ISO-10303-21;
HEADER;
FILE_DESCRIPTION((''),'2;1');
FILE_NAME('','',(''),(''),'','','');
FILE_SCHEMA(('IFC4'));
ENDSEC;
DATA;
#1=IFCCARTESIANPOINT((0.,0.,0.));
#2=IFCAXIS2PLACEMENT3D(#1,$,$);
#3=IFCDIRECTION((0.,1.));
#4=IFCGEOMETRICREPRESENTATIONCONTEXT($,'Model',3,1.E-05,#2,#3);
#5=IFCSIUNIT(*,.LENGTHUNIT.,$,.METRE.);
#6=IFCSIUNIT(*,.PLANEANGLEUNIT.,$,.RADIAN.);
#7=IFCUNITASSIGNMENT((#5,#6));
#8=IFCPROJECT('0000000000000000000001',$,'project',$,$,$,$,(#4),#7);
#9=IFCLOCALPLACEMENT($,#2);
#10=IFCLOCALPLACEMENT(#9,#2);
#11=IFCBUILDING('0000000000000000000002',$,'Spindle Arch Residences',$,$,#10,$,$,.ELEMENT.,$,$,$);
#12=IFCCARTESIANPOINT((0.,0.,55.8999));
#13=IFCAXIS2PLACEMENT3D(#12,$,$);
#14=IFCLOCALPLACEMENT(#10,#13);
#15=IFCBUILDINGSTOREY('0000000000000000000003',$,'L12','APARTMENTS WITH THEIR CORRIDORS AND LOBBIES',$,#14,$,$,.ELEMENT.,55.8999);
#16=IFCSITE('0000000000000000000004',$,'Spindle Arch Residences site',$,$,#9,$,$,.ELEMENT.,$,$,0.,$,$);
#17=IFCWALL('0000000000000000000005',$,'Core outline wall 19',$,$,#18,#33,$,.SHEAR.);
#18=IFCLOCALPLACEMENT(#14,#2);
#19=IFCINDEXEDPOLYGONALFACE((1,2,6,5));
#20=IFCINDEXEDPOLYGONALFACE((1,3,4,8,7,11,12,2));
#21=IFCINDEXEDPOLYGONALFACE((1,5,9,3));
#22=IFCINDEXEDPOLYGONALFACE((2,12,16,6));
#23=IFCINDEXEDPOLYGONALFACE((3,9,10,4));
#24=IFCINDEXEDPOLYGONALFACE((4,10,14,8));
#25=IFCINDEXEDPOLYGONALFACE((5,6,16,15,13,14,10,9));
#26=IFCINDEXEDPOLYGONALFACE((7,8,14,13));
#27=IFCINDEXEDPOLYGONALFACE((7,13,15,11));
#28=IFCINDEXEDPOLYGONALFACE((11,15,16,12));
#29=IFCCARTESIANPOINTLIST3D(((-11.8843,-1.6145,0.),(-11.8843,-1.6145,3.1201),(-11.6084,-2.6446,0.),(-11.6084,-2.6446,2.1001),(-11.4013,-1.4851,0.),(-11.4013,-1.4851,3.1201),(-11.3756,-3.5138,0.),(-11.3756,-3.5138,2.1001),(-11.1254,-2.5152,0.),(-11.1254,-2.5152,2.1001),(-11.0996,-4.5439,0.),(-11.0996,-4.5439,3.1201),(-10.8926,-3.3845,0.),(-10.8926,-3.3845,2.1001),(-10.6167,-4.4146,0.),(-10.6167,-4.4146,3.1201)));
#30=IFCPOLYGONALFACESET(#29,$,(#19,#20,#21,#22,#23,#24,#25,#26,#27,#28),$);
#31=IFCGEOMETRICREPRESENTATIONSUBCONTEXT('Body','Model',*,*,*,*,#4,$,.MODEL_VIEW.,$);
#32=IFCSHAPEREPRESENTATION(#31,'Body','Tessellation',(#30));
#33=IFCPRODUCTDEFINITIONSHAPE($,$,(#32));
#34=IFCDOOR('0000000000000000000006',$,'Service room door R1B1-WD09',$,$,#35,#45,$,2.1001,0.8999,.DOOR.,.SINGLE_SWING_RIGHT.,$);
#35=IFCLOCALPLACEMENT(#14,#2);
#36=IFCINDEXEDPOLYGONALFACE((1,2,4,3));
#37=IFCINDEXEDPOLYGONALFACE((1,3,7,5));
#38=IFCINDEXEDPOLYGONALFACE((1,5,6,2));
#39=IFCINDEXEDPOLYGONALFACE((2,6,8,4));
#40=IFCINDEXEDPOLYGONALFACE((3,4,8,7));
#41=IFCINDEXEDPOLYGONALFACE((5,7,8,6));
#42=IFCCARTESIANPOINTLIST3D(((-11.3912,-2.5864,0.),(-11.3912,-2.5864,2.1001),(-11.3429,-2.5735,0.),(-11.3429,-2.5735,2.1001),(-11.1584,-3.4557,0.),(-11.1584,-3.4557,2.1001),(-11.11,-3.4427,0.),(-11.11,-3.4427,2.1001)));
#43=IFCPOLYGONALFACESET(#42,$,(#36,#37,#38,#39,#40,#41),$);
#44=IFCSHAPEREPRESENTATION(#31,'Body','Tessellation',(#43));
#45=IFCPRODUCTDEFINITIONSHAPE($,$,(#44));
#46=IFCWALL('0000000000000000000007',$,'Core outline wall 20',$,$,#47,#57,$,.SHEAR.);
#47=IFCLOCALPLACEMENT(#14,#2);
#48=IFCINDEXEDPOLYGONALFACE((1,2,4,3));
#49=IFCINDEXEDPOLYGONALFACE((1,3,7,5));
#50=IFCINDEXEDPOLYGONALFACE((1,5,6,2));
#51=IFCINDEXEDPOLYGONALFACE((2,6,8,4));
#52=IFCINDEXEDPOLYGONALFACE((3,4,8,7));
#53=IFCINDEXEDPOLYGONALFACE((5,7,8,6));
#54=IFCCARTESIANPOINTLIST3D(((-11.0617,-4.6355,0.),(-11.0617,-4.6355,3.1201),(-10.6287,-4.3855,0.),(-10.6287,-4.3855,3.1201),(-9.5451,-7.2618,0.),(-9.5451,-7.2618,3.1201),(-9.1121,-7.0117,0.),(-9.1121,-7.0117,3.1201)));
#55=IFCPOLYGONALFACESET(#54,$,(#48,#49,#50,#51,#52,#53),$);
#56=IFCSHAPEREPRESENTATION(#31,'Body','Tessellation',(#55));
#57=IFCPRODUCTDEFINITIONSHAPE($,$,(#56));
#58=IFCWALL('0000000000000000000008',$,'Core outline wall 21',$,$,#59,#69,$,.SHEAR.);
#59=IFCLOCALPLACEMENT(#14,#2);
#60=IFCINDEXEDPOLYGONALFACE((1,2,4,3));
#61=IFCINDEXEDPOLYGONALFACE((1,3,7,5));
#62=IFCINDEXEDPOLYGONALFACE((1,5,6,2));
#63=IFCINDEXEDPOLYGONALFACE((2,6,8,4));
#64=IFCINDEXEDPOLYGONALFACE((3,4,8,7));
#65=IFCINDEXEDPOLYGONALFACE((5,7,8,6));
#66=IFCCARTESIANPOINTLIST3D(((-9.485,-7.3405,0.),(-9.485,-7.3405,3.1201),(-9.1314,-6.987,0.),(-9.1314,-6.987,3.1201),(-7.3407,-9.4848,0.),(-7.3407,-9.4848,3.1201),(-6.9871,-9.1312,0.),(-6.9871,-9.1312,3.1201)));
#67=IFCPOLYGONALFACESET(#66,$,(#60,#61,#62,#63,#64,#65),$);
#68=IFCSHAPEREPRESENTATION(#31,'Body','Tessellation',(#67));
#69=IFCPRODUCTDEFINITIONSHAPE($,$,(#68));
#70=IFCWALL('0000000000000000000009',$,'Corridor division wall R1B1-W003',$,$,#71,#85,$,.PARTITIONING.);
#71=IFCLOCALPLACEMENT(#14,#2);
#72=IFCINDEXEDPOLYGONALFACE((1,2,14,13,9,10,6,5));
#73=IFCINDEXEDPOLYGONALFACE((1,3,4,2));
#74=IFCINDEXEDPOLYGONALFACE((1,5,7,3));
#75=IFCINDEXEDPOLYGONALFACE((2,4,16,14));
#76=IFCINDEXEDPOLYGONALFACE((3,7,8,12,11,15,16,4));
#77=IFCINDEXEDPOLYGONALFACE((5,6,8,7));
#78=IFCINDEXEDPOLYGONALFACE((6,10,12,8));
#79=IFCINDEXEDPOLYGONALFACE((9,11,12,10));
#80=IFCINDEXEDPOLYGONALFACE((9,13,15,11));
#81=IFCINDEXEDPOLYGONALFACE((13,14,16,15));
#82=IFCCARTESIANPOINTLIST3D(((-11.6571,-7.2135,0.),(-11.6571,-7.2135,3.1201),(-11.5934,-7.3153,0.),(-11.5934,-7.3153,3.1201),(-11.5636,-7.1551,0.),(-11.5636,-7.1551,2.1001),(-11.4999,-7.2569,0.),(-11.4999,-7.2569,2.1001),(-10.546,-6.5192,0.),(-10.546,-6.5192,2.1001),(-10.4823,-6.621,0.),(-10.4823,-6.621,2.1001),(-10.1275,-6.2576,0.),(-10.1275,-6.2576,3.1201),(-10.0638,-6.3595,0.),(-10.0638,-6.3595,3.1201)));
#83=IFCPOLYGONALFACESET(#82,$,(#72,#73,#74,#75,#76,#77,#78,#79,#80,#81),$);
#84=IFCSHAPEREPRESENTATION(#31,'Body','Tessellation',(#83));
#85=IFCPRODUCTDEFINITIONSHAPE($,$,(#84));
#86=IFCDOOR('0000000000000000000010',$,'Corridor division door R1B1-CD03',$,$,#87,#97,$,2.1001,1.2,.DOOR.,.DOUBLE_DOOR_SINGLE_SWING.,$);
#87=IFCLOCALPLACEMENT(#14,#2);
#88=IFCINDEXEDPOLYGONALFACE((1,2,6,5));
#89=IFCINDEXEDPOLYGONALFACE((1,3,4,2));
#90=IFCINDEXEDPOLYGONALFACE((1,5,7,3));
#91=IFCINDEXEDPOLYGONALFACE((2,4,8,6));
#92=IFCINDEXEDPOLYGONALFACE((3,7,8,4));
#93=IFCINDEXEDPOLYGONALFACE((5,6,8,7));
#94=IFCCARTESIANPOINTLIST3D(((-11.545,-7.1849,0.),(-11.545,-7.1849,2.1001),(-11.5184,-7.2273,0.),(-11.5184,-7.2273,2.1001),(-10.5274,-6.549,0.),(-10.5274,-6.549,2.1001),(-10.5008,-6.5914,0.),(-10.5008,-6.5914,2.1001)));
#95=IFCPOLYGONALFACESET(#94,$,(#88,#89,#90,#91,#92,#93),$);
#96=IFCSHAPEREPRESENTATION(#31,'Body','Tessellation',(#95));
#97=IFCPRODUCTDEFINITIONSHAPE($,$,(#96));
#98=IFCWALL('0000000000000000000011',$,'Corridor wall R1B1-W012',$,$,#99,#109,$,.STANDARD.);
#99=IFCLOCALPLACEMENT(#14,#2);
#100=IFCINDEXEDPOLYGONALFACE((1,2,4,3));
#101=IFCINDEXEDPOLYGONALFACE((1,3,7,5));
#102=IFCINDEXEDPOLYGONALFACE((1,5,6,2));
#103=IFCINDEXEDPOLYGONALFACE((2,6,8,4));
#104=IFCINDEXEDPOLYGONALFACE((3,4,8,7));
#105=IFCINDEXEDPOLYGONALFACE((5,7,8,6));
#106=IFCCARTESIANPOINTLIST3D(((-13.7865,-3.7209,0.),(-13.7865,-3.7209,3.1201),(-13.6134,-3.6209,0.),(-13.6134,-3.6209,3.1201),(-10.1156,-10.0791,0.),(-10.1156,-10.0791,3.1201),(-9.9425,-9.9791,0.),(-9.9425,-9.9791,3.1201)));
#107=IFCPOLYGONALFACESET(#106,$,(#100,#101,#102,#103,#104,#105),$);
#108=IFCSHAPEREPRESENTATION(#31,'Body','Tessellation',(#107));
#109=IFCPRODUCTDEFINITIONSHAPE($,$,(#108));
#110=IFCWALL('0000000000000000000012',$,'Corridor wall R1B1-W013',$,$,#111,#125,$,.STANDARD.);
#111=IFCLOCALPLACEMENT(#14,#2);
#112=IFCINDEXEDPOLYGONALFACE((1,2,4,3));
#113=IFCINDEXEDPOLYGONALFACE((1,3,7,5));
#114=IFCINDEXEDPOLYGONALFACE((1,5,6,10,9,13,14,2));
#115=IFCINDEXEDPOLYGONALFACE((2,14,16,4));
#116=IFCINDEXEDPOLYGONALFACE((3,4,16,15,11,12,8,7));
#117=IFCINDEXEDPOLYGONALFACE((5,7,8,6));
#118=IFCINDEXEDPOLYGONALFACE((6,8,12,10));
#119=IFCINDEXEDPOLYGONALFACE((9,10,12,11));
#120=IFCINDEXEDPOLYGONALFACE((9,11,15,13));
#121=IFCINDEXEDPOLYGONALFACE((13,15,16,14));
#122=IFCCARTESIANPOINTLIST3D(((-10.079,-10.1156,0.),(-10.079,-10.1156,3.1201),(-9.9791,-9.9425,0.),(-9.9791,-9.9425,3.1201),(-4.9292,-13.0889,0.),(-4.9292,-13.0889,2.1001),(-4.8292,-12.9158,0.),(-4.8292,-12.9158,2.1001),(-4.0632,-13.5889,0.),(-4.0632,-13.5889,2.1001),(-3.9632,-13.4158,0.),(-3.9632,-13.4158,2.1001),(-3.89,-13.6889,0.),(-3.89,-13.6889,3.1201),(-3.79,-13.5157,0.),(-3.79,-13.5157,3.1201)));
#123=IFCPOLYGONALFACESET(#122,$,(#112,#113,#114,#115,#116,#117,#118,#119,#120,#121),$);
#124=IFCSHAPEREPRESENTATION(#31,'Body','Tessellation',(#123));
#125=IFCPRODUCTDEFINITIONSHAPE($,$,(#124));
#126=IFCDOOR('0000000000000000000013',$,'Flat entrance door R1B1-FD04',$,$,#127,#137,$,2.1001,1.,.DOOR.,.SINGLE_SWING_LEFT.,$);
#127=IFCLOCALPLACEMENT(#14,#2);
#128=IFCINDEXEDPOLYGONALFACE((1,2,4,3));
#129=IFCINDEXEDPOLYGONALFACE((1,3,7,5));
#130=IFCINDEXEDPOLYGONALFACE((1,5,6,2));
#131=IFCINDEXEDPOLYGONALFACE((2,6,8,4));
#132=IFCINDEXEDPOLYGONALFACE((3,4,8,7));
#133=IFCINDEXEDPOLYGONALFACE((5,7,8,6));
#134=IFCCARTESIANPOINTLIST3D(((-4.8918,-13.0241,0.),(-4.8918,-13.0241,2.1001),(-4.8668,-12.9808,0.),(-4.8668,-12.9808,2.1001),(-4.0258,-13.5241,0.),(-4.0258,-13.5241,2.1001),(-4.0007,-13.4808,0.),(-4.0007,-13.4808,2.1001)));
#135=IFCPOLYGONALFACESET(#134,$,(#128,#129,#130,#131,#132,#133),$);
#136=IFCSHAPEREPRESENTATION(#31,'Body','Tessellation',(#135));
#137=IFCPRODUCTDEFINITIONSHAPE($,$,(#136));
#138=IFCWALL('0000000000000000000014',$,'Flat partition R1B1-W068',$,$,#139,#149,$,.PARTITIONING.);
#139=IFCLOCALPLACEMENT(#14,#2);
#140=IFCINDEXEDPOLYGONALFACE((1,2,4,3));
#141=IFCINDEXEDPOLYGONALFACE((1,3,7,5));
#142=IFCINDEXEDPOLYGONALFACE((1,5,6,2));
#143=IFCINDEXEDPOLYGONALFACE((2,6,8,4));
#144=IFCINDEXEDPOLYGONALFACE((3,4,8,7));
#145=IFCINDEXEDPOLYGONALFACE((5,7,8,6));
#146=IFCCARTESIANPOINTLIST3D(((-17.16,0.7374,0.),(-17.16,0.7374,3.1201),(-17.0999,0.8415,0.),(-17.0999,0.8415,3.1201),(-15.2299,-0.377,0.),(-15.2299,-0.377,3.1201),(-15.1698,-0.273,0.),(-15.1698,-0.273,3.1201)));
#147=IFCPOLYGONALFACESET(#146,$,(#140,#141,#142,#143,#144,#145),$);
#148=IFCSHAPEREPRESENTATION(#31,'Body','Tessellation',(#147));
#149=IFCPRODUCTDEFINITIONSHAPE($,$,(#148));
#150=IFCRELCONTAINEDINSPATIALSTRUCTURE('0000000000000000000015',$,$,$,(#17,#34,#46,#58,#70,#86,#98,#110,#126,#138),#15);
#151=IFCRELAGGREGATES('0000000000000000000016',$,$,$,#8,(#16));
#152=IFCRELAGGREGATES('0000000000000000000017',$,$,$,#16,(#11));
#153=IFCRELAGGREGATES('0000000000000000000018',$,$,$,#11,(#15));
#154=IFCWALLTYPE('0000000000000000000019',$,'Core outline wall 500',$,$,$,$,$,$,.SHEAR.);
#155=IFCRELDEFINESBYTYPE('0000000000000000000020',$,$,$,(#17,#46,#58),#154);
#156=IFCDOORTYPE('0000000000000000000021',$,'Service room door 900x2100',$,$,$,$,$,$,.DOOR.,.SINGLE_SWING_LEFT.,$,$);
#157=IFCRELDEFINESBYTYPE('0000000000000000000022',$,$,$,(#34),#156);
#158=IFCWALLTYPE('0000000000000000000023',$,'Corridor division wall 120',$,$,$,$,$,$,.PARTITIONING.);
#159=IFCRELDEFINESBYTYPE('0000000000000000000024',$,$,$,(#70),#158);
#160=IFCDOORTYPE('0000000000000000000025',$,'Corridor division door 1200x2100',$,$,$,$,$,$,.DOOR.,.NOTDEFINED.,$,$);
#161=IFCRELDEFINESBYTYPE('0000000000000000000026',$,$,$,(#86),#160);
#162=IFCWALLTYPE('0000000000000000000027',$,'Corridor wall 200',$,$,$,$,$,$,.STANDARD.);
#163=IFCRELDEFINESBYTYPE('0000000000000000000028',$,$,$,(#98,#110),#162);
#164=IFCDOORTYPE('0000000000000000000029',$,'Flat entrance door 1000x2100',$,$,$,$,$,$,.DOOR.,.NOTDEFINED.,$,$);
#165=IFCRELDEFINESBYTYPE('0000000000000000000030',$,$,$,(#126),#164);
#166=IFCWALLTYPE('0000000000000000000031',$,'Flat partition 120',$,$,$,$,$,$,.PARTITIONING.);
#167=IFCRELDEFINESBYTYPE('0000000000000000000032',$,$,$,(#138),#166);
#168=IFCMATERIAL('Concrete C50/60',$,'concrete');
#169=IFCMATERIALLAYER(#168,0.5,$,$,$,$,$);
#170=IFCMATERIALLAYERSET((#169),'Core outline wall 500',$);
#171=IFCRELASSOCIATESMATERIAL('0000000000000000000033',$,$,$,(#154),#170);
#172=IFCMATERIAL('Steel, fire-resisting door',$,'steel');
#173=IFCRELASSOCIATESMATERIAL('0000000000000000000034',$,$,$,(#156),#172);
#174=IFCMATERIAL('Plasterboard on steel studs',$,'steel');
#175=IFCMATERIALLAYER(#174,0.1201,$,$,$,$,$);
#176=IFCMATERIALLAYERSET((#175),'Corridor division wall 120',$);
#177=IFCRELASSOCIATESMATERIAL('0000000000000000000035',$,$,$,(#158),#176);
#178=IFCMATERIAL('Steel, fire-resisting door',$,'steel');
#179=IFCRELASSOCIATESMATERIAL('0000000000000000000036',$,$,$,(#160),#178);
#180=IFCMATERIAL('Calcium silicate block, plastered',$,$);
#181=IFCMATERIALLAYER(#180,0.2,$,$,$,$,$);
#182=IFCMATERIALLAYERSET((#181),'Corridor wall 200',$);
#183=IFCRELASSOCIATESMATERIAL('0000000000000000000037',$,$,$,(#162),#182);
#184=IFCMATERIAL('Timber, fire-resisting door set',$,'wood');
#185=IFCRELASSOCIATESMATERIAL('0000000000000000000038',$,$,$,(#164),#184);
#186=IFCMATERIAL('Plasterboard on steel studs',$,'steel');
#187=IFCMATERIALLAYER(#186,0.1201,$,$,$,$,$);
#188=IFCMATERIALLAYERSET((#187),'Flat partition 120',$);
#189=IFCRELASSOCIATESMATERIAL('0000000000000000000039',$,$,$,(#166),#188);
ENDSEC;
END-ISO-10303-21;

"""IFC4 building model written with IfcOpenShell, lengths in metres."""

from ifc_helpers import new_model, si_unit, direction, frame, frame_2d, origin, place, context, subcontext, project, spatial, rectangle, extrude, material, layer, layer_set, type_object, element, fill, save


model = new_model("IFC4")

# Units and contexts
model_context = context("Model", 3, precision=1e-05, world=origin(), true_north=direction((0.0, 1.0)))
body_context = subcontext(model_context, "Body", "Model", "MODEL_VIEW")
ifc_project = project(units=[si_unit("LENGTHUNIT", "METRE"), si_unit("PLANEANGLEUNIT", "RADIAN")], contexts=[model_context])

# Site, building, storey
site_placement = place(None, origin())
site = spatial("IfcSite", under=ifc_project, at=site_placement, Name="Spindle Arch Residences site", CompositionType="ELEMENT", RefElevation=0.0)
building_placement = place(site_placement, origin())
building = spatial("IfcBuilding", under=site, at=building_placement, Name="Spindle Arch Residences", CompositionType="ELEMENT")
storey_placement = place(building_placement, frame((0.0, 0.0, 55.8999)))
storey = spatial("IfcBuildingStorey", under=building, at=storey_placement, Name="L12", Description="APARTMENTS WITH THEIR CORRIDORS AND LOBBIES", CompositionType="ELEMENT", Elevation=55.8999)

# Wall, opening, door
ifc_material_1 = material(Name="Concrete C50/60", Category="concrete")
ifc_layer_1 = layer(ifc_material_1, 0.5)
ifc_layer_set_1 = layer_set([ifc_layer_1], Name="Core outline wall 500")
wall_type_1 = type_object("IfcWallType", Name="Core outline wall 500", PredefinedType="SHEAR", material=ifc_layer_set_1)
wall_1_placement = place(storey_placement, frame((-11.6428, -1.5498, 0.0), z_axis=(0.0, 0.0, 1.0), x_axis=(0.258735, -0.965948, 0.0)))
wall_1 = element("IfcWall", 1, at=wall_1_placement, inside=storey, type_object=wall_type_1, Name="Core outline wall 19", PredefinedType="SHEAR", context=body_context, shape_type="SweptSolid", body=[
    extrude(rectangle(XDim=3.0327, YDim=0.5, at=frame_2d((1.5164, 0.0))), origin(), (0.0, 0.0, 1.0), 3.1201),
])
opening_1_placement = place(wall_1_placement, frame((1.0664, 0.0, 0.0)))
opening_1 = element("IfcOpeningElement", 2, at=opening_1_placement, cuts=wall_1, PredefinedType="OPENING", context=body_context, shape_type="SweptSolid", body=[
    extrude(rectangle(XDim=0.8999, YDim=2.1001, at=frame_2d((0.45, 1.05))), frame((0.0, 0.26, 0.0), z_axis=(0.0, -1.0, 0.0), x_axis=(1.0, 0.0, 0.0)), (0.0, 0.0, 1.0), 0.52),
])
ifc_material_2 = material(Name="Steel, fire-resisting door", Category="steel")
door_type_1 = type_object("IfcDoorType", Name="Service room door 900x2100", OperationType="SINGLE_SWING_LEFT", PredefinedType="DOOR", material=ifc_material_2)
door_1_placement = place(opening_1_placement, origin())
door_1 = element("IfcDoor", 3, at=door_1_placement, inside=storey, type_object=door_type_1, Name="Service room door R1B1-WD09", OperationType="SINGLE_SWING_RIGHT", OverallHeight=2.1001, OverallWidth=0.8999, PredefinedType="DOOR", context=body_context, shape_type="SweptSolid", body=[
    extrude(rectangle(XDim=0.8999, YDim=2.1001, at=frame_2d((0.45, 1.05))), frame((0.0, 0.0249, 0.0), z_axis=(0.0, -1.0, 0.0), x_axis=(1.0, 0.0, 0.0)), (0.0, 0.0, 1.0), 0.05),
])
fill(opening_1, door_1)

# Walls
wall_2_placement = place(storey_placement, frame((-10.8452, -4.5105, 0.0), z_axis=(0.0, 0.0, 1.0), x_axis=(0.500087, -0.865975, 0.0)))
element("IfcWall", 4, at=wall_2_placement, inside=storey, type_object=wall_type_1, Name="Core outline wall 20", PredefinedType="SHEAR", context=body_context, shape_type="SweptSolid", body=[
    extrude(rectangle(XDim=3.0327, YDim=0.5, at=frame_2d((1.5164, 0.0))), origin(), (0.0, 0.0, 1.0), 3.1201),
])
wall_3_placement = place(storey_placement, frame((-9.3081, -7.1638, 0.0), z_axis=(0.0, 0.0, 1.0), x_axis=(0.707107, -0.707107, 0.0)))
element("IfcWall", 5, at=wall_3_placement, inside=storey, type_object=wall_type_1, Name="Core outline wall 21", PredefinedType="SHEAR", context=body_context, shape_type="SweptSolid", body=[
    extrude(rectangle(XDim=3.0325, YDim=0.5, at=frame_2d((1.5161, 0.0))), origin(), (0.0, 0.0, 1.0), 3.1201),
])

# Wall, opening, door
ifc_material_3 = material(Name="Plasterboard on steel studs", Category="steel")
ifc_layer_2 = layer(ifc_material_3, 0.1201)
ifc_layer_set_2 = layer_set([ifc_layer_2], Name="Corridor division wall 120")
wall_type_2 = type_object("IfcWallType", Name="Corridor division wall 120", PredefinedType="PARTITIONING", material=ifc_layer_set_2)
wall_4_placement = place(storey_placement, frame((-11.6252, -7.2644, 0.0), z_axis=(0.0, 0.0, 1.0), x_axis=(0.848036, 0.529938, 0.0)))
wall_4 = element("IfcWall", 6, at=wall_4_placement, inside=storey, type_object=wall_type_2, Name="Corridor division wall R1B1-W003", PredefinedType="PARTITIONING", context=body_context, shape_type="SweptSolid", body=[
    extrude(rectangle(XDim=1.8037, YDim=0.1201, at=frame_2d((0.9019, 0.0))), origin(), (0.0, 0.0, 1.0), 3.1201),
])
opening_2_placement = place(wall_4_placement, frame((0.1101, 0.0, 0.0)))
opening_2 = element("IfcOpeningElement", 7, at=opening_2_placement, cuts=wall_4, PredefinedType="OPENING", context=body_context, shape_type="SweptSolid", body=[
    extrude(rectangle(XDim=1.2, YDim=2.1001, at=frame_2d((0.6001, 1.05))), frame((0.0, 0.0701, 0.0), z_axis=(0.0, -1.0, 0.0), x_axis=(1.0, 0.0, 0.0)), (0.0, 0.0, 1.0), 0.1401),
])
ifc_material_4 = material(Name="Steel, fire-resisting door", Category="steel")
door_type_2 = type_object("IfcDoorType", Name="Corridor division door 1200x2100", OperationType="NOTDEFINED", PredefinedType="DOOR", material=ifc_material_4)
door_2_placement = place(opening_2_placement, origin())
door_2 = element("IfcDoor", 8, at=door_2_placement, inside=storey, type_object=door_type_2, Name="Corridor division door R1B1-CD03", OperationType="DOUBLE_DOOR_SINGLE_SWING", OverallHeight=2.1001, OverallWidth=1.2, PredefinedType="DOOR", context=body_context, shape_type="SweptSolid", body=[
    extrude(rectangle(XDim=1.2, YDim=2.1001, at=frame_2d((0.6001, 1.05))), frame((0.0, 0.0249, 0.0), z_axis=(0.0, -1.0, 0.0), x_axis=(1.0, 0.0, 0.0)), (0.0, 0.0, 1.0), 0.05),
])
fill(opening_2, door_2)

# Wall
ifc_material_5 = material(Name="Calcium silicate block, plastered")
ifc_layer_3 = layer(ifc_material_5, 0.2)
ifc_layer_set_3 = layer_set([ifc_layer_3], Name="Corridor wall 200")
wall_type_3 = type_object("IfcWallType", Name="Corridor wall 200", PredefinedType="STANDARD", material=ifc_layer_set_3)
wall_5_placement = place(storey_placement, frame((-13.7, -3.6709, 0.0), z_axis=(0.0, 0.0, 1.0), x_axis=(0.500002, -0.866024, 0.0)))
element("IfcWall", 9, at=wall_5_placement, inside=storey, type_object=wall_type_3, Name="Corridor wall R1B1-W012", PredefinedType="STANDARD", context=body_context, shape_type="SweptSolid", body=[
    extrude(rectangle(XDim=7.3418, YDim=0.2, at=frame_2d((3.6709, 0.0))), origin(), (0.0, 0.0, 1.0), 3.1201),
])

# Wall, opening, door
wall_6_placement = place(storey_placement, frame((-10.0291, -10.0291, 0.0), z_axis=(0.0, 0.0, 1.0), x_axis=(0.866023, -0.500004, 0.0)))
wall_6 = element("IfcWall", 10, at=wall_6_placement, inside=storey, type_object=wall_type_3, Name="Corridor wall R1B1-W013", PredefinedType="STANDARD", context=body_context, shape_type="SweptSolid", body=[
    extrude(rectangle(XDim=7.1465, YDim=0.2, at=frame_2d((3.5732, 0.0))), origin(), (0.0, 0.0, 1.0), 3.1201),
])
opening_3_placement = place(wall_6_placement, frame((5.9465, 0.0, 0.0)))
opening_3 = element("IfcOpeningElement", 11, at=opening_3_placement, cuts=wall_6, PredefinedType="OPENING", context=body_context, shape_type="SweptSolid", body=[
    extrude(rectangle(XDim=1.0, YDim=2.1001, at=frame_2d((0.5, 1.05))), frame((0.0, 0.1099, 0.0), z_axis=(0.0, -1.0, 0.0), x_axis=(1.0, 0.0, 0.0)), (0.0, 0.0, 1.0), 0.22),
])
ifc_material_6 = material(Name="Timber, fire-resisting door set", Category="wood")
door_type_3 = type_object("IfcDoorType", Name="Flat entrance door 1000x2100", OperationType="NOTDEFINED", PredefinedType="DOOR", material=ifc_material_6)
door_3_placement = place(opening_3_placement, origin())
door_3 = element("IfcDoor", 12, at=door_3_placement, inside=storey, type_object=door_type_3, Name="Flat entrance door R1B1-FD04", OperationType="SINGLE_SWING_LEFT", OverallHeight=2.1001, OverallWidth=1.0, PredefinedType="DOOR", context=body_context, shape_type="SweptSolid", body=[
    extrude(rectangle(XDim=1.0, YDim=2.1001, at=frame_2d((0.5, 1.05))), frame((0.0, 0.0249, 0.0), z_axis=(0.0, -1.0, 0.0), x_axis=(1.0, 0.0, 0.0)), (0.0, 0.0, 1.0), 0.05),
])
fill(opening_3, door_3)

# Wall
ifc_material_7 = material(Name="Plasterboard on steel studs", Category="steel")
ifc_layer_4 = layer(ifc_material_7, 0.1201)
ifc_layer_set_4 = layer_set([ifc_layer_4], Name="Flat partition 120")
wall_type_4 = type_object("IfcWallType", Name="Flat partition 120", PredefinedType="PARTITIONING", material=ifc_layer_set_4)
wall_7_placement = place(storey_placement, frame((-15.2, -0.325, 0.0), z_axis=(0.0, 0.0, 1.0), x_axis=(-0.866003, 0.500039, 0.0)))
element("IfcWall", 13, at=wall_7_placement, inside=storey, type_object=wall_type_4, Name="Flat partition R1B1-W068", PredefinedType="PARTITIONING", context=body_context, shape_type="SweptSolid", body=[
    extrude(rectangle(XDim=2.2288, YDim=0.1201, at=frame_2d((1.1143, 0.0))), origin(), (0.0, 0.0, 1.0), 3.1201),
])

save(model, "model.ifc")
